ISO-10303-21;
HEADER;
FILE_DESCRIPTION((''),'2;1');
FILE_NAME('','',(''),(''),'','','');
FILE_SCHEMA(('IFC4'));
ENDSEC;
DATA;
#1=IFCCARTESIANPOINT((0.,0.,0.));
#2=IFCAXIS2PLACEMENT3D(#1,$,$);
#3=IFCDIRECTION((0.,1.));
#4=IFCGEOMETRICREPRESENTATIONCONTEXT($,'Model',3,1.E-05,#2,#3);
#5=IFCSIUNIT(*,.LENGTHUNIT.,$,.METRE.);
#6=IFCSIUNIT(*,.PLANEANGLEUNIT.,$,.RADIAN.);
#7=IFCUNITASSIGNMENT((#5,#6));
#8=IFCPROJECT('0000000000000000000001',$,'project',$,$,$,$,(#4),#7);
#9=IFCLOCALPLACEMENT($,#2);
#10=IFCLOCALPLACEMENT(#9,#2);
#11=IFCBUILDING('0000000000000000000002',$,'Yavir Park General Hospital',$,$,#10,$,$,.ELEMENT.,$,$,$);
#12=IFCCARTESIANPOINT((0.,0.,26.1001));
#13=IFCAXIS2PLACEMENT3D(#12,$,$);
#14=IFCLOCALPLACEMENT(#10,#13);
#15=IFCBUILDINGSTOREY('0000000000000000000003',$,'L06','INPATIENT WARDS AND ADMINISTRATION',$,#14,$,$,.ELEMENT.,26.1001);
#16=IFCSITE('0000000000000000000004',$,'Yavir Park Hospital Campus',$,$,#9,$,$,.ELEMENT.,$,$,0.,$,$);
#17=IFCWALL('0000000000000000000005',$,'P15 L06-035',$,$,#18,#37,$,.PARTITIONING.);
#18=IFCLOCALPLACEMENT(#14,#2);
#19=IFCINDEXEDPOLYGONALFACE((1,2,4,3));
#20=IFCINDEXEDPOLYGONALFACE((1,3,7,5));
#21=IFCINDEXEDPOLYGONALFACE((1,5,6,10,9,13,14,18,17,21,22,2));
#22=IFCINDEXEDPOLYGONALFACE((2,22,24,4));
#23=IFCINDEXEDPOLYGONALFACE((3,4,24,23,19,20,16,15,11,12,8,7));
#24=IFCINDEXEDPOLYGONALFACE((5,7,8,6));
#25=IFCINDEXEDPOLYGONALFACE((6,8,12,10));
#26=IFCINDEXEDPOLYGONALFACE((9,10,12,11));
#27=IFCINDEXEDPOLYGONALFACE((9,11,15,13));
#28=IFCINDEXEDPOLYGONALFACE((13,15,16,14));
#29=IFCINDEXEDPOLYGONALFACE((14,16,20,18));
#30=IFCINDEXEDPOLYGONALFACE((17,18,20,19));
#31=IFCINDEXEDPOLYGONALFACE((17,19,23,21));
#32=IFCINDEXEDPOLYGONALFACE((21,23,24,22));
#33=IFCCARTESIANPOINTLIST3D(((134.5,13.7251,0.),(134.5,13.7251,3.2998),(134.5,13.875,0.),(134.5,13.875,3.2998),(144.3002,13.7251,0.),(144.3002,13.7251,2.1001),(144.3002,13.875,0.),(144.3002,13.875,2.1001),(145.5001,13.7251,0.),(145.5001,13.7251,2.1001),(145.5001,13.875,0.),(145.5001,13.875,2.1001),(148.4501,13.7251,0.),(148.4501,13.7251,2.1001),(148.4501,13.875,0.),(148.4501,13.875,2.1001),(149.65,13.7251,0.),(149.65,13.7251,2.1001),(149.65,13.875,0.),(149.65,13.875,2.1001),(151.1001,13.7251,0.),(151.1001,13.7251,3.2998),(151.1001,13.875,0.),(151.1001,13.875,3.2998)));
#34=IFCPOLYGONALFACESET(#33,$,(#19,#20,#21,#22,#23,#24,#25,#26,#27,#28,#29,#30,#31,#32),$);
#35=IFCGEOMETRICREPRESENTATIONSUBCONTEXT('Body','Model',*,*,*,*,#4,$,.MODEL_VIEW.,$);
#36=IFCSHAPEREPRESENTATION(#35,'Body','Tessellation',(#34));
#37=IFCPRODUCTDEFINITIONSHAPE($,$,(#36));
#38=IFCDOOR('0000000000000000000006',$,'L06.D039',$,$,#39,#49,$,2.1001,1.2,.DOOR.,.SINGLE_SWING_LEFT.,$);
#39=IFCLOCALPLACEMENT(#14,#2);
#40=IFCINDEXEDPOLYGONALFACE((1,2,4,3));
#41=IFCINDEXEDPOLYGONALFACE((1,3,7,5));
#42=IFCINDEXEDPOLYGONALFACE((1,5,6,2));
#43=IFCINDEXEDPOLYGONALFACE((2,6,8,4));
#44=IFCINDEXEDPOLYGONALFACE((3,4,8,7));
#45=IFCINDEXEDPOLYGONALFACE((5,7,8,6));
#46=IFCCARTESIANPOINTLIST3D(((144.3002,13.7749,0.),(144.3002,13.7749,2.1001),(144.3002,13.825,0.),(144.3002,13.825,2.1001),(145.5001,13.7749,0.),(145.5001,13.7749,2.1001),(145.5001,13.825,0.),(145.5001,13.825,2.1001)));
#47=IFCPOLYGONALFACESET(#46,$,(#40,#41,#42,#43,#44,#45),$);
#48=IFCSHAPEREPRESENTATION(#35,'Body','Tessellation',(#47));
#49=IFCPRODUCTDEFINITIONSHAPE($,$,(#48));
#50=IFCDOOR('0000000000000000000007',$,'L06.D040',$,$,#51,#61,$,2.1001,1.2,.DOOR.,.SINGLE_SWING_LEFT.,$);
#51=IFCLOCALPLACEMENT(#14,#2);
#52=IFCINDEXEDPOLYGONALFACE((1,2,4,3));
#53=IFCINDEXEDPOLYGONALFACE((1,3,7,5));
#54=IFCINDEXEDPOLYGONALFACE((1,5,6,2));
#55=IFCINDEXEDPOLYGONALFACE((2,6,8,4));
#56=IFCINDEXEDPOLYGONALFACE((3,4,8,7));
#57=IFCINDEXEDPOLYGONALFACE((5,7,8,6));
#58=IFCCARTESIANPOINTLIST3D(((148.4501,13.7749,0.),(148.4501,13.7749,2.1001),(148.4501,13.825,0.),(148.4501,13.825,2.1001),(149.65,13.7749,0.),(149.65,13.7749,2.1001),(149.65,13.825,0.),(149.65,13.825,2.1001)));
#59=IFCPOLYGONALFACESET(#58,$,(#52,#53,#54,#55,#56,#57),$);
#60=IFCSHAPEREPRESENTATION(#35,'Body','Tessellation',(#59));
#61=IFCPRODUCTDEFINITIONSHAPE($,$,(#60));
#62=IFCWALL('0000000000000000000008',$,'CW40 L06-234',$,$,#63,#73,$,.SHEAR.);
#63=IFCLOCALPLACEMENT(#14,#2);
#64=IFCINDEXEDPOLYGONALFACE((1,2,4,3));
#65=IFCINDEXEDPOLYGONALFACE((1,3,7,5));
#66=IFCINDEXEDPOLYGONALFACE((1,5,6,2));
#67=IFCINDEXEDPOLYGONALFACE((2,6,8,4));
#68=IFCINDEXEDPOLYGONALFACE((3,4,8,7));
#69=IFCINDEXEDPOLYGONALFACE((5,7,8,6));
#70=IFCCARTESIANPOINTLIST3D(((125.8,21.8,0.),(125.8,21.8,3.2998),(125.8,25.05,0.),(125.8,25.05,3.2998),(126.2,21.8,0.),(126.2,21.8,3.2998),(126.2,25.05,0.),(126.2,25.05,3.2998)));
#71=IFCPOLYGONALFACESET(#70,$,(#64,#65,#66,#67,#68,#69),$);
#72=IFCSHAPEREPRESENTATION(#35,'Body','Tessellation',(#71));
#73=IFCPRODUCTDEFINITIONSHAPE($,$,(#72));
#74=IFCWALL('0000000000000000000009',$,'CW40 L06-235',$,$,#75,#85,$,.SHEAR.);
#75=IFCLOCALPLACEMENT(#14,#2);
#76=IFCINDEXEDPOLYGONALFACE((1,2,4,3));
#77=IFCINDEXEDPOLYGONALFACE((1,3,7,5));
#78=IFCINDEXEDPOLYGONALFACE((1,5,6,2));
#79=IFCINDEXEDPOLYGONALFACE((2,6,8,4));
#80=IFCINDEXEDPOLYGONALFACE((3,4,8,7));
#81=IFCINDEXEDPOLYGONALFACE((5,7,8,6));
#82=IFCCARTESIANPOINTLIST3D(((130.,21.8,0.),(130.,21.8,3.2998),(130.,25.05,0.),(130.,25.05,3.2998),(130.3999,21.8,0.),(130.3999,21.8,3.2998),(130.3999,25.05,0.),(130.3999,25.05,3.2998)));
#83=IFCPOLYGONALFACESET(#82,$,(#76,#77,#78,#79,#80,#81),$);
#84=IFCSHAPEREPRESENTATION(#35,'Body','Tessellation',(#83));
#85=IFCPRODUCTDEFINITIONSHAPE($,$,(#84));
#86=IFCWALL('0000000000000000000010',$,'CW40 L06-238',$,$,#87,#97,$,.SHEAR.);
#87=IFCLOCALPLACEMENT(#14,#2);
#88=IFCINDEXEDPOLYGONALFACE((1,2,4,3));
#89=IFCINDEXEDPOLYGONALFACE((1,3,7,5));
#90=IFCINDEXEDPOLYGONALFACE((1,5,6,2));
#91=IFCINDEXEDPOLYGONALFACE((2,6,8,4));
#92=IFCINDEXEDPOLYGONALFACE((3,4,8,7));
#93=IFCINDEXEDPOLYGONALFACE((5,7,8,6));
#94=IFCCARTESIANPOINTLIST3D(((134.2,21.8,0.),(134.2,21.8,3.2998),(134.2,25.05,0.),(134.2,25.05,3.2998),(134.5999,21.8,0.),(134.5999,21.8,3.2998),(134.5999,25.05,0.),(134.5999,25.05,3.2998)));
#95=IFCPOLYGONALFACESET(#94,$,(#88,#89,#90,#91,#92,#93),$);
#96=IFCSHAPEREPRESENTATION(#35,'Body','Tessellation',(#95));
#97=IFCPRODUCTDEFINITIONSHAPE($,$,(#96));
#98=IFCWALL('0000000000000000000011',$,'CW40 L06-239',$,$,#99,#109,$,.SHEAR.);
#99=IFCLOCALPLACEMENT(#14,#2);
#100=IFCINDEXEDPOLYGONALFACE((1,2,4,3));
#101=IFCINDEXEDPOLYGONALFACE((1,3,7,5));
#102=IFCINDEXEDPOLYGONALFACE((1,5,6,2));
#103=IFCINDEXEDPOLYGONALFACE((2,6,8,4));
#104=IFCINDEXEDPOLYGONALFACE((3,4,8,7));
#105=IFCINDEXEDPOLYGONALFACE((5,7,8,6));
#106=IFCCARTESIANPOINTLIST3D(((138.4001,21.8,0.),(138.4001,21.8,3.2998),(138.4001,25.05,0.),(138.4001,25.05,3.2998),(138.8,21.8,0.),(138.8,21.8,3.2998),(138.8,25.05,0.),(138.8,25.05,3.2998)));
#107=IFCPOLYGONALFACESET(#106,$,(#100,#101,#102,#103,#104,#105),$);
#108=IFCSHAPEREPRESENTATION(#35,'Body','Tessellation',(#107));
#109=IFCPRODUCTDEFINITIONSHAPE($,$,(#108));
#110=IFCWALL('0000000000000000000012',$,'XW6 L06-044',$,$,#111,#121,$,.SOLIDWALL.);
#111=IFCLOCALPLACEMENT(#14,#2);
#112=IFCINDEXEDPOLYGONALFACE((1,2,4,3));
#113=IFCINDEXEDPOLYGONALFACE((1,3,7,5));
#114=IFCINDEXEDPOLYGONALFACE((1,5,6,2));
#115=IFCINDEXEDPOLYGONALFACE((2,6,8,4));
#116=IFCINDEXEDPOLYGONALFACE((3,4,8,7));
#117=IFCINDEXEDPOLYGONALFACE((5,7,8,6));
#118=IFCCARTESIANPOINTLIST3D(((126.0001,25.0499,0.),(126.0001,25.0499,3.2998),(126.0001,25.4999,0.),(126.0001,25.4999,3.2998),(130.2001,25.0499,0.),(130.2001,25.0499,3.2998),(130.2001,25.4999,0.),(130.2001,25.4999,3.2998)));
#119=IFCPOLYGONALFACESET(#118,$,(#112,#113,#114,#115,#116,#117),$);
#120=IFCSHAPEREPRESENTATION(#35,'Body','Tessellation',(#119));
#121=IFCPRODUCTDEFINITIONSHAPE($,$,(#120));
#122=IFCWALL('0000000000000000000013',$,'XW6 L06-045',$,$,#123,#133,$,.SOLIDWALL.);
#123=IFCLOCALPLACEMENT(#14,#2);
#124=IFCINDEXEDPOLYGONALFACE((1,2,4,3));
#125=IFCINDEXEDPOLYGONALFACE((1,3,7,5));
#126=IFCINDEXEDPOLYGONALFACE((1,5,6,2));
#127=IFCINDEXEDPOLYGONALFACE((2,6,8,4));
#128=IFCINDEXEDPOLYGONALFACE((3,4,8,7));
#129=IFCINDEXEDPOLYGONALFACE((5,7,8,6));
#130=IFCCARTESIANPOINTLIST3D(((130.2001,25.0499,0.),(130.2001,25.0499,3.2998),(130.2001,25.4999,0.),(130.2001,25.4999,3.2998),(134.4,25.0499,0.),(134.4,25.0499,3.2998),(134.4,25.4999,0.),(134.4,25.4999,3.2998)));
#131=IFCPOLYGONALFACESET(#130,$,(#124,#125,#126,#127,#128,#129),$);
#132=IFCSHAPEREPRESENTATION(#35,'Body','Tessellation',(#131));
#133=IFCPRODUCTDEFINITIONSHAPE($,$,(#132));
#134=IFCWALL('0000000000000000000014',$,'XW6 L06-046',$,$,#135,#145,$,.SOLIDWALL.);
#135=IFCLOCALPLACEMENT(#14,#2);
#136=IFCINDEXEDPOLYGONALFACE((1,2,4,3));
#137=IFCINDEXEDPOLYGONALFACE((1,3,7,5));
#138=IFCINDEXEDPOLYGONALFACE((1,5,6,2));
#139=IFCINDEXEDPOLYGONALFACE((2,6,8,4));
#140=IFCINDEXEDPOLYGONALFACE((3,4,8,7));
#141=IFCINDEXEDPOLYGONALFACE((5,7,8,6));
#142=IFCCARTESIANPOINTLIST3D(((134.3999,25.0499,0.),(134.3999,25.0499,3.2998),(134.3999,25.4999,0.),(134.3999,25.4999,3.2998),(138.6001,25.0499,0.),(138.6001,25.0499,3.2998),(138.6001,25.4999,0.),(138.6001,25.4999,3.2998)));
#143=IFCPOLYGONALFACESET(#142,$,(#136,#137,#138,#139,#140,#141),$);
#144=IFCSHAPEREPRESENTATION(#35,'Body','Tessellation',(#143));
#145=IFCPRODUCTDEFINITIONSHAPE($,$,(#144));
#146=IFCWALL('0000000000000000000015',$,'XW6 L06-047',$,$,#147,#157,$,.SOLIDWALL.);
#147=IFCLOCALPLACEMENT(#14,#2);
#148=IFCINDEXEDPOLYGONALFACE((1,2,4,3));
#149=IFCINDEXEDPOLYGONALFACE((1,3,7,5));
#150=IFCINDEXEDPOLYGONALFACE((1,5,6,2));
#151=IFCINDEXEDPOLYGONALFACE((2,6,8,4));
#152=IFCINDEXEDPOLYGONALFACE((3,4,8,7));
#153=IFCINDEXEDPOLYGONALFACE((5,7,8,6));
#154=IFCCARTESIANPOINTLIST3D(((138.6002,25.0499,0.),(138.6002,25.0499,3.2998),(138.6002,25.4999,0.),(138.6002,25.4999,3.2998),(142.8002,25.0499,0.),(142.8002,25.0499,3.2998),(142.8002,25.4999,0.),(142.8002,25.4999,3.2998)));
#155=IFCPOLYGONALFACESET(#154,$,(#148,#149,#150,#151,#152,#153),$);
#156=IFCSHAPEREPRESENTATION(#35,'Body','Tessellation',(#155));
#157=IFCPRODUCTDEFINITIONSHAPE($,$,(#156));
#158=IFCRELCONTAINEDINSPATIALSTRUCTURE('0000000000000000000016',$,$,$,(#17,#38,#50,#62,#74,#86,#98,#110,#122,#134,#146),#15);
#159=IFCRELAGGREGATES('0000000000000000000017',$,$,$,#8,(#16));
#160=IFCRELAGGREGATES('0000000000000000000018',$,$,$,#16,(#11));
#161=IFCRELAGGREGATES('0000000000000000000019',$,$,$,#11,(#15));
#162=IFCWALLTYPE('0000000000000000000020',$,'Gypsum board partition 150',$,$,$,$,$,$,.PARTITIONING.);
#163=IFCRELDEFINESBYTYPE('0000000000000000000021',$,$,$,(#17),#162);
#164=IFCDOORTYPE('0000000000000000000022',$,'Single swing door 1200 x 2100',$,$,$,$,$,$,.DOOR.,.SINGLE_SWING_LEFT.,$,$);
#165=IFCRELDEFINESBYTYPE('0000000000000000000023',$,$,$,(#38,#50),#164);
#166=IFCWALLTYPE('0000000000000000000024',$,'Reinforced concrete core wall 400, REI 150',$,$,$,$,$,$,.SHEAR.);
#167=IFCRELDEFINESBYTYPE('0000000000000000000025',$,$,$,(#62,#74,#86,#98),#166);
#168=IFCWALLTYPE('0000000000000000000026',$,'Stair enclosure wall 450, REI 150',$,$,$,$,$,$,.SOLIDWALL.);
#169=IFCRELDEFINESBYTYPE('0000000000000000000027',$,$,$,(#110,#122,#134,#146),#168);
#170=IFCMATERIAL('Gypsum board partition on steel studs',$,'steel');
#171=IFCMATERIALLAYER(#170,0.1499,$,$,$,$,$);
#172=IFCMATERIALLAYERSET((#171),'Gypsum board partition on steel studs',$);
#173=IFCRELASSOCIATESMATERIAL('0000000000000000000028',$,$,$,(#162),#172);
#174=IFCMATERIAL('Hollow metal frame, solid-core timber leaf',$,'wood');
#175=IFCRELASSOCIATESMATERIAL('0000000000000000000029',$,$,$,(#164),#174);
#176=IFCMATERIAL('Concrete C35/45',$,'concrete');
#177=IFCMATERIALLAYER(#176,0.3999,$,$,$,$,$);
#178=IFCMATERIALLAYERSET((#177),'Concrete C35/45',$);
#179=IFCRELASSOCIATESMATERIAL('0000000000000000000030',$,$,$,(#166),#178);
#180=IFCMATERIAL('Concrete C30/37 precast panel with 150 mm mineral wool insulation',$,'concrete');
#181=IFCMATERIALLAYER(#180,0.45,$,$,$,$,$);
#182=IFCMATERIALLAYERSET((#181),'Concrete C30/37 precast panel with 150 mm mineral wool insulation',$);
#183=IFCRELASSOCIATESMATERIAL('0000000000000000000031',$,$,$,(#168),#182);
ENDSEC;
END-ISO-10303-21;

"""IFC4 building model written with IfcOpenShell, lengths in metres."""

from ifc_helpers import new_model, si_unit, direction, frame, frame_2d, origin, place, context, subcontext, project, spatial, rectangle, extrude, material, layer, layer_set, type_object, element, fill, save


model = new_model("IFC4")

# Units and contexts
model_context = context("Model", 3, precision=1e-05, world=origin(), true_north=direction((0.0, 1.0)))
body_context = subcontext(model_context, "Body", "Model", "MODEL_VIEW")
ifc_project = project(units=[si_unit("LENGTHUNIT", "METRE"), si_unit("PLANEANGLEUNIT", "RADIAN")], contexts=[model_context])

# Site, building, storey
site_placement = place(None, origin())
site = spatial("IfcSite", under=ifc_project, at=site_placement, Name="Yavir Park Hospital Campus", CompositionType="ELEMENT", RefElevation=0.0)
building_placement = place(site_placement, origin())
building = spatial("IfcBuilding", under=site, at=building_placement, Name="Yavir Park General Hospital", CompositionType="ELEMENT")
storey_placement = place(building_placement, frame((0.0, 0.0, 26.1001)))
storey = spatial("IfcBuildingStorey", under=building, at=storey_placement, Name="L06", Description="INPATIENT WARDS AND ADMINISTRATION", CompositionType="ELEMENT", Elevation=26.1001)

# Wall, openings, doors
ifc_material_1 = material(Name="Gypsum board partition on steel studs", Category="steel")
ifc_layer_1 = layer(ifc_material_1, 0.1499)
ifc_layer_set_1 = layer_set([ifc_layer_1], Name="Gypsum board partition on steel studs")
wall_type_1 = type_object("IfcWallType", Name="Gypsum board partition 150", PredefinedType="PARTITIONING", material=ifc_layer_set_1)
wall_1_placement = place(storey_placement, frame((134.5, 13.8, 0.0), z_axis=(0.0, 0.0, 1.0), x_axis=(1.0, 0.0, 0.0)))
wall_1 = element("IfcWall", 1, at=wall_1_placement, inside=storey, type_object=wall_type_1, Name="P15 L06-035", PredefinedType="PARTITIONING", context=body_context, shape_type="SweptSolid", body=[
    extrude(rectangle(XDim=16.6001, YDim=0.1499, at=frame_2d((8.3, 0.0))), origin(), (0.0, 0.0, 1.0), 3.2998),
])
opening_1_placement = place(wall_1_placement, frame((9.8, 0.0, 0.0)))
opening_1 = element("IfcOpeningElement", 2, at=opening_1_placement, cuts=wall_1, PredefinedType="OPENING", context=body_context, shape_type="SweptSolid", body=[
    extrude(rectangle(XDim=1.2, YDim=2.1001, at=frame_2d((0.6001, 1.05))), frame((0.0, 0.085, 0.0), z_axis=(0.0, -1.0, 0.0), x_axis=(1.0, 0.0, 0.0)), (0.0, 0.0, 1.0), 0.1699),
])
opening_2_placement = place(wall_1_placement, frame((13.95, 0.0, 0.0)))
opening_2 = element("IfcOpeningElement", 3, at=opening_2_placement, cuts=wall_1, PredefinedType="OPENING", context=body_context, shape_type="SweptSolid", body=[
    extrude(rectangle(XDim=1.2, YDim=2.1001, at=frame_2d((0.6001, 1.05))), frame((0.0, 0.085, 0.0), z_axis=(0.0, -1.0, 0.0), x_axis=(1.0, 0.0, 0.0)), (0.0, 0.0, 1.0), 0.1699),
])
ifc_material_2 = material(Name="Hollow metal frame, solid-core timber leaf", Category="wood")
door_type = type_object("IfcDoorType", Name="Single swing door 1200 x 2100", OperationType="SINGLE_SWING_LEFT", PredefinedType="DOOR", material=ifc_material_2)
door_1_placement = place(opening_1_placement, origin())
door_1 = element("IfcDoor", 4, at=door_1_placement, inside=storey, type_object=door_type, Name="L06.D039", OperationType="SINGLE_SWING_LEFT", OverallHeight=2.1001, OverallWidth=1.2, PredefinedType="DOOR", context=body_context, shape_type="SweptSolid", body=[
    extrude(rectangle(XDim=1.2, YDim=2.1001, at=frame_2d((0.6001, 1.05))), frame((0.0, 0.0249, 0.0), z_axis=(0.0, -1.0, 0.0), x_axis=(1.0, 0.0, 0.0)), (0.0, 0.0, 1.0), 0.05),
])
fill(opening_1, door_1)
door_2_placement = place(opening_2_placement, origin())
door_2 = element("IfcDoor", 5, at=door_2_placement, inside=storey, type_object=door_type, Name="L06.D040", OperationType="SINGLE_SWING_LEFT", OverallHeight=2.1001, OverallWidth=1.2, PredefinedType="DOOR", context=body_context, shape_type="SweptSolid", body=[
    extrude(rectangle(XDim=1.2, YDim=2.1001, at=frame_2d((0.6001, 1.05))), frame((0.0, 0.0249, 0.0), z_axis=(0.0, -1.0, 0.0), x_axis=(1.0, 0.0, 0.0)), (0.0, 0.0, 1.0), 0.05),
])
fill(opening_2, door_2)

# Walls
ifc_material_3 = material(Name="Concrete C35/45", Category="concrete")
ifc_layer_2 = layer(ifc_material_3, 0.3999)
ifc_layer_set_2 = layer_set([ifc_layer_2], Name="Concrete C35/45")
wall_type_2 = type_object("IfcWallType", Name="Reinforced concrete core wall 400, REI 150", PredefinedType="SHEAR", material=ifc_layer_set_2)
for number, where, z_axis, x_axis, name in (
    (6, (126.0, 21.8, 0.0), (0.0, 0.0, 1.0), (0.0, 1.0, 0.0), "CW40 L06-234"),
    (7, (130.2, 21.8, 0.0), (0.0, 0.0, 1.0), (0.0, 1.0, 0.0), "CW40 L06-235"),
    (8, (134.3999, 21.8, 0.0), (0.0, 0.0, 1.0), (0.0, 1.0, 0.0), "CW40 L06-238"),
    (9, (138.6001, 21.8, 0.0), (0.0, 0.0, 1.0), (0.0, 1.0, 0.0), "CW40 L06-239"),
):
    element("IfcWall", number, at=place(storey_placement, frame(where, z_axis=z_axis, x_axis=x_axis)), inside=storey, type_object=wall_type_2, Name=name, PredefinedType="SHEAR", context=body_context, shape_type="SweptSolid", body=[
        extrude(rectangle(XDim=3.25, YDim=0.3999, at=frame_2d((1.625, 0.0))), origin(), (0.0, 0.0, 1.0), 3.2998),
    ])
ifc_material_4 = material(Name="Concrete C30/37 precast panel with 150 mm mineral wool insulation", Category="concrete")
ifc_layer_3 = layer(ifc_material_4, 0.45)
ifc_layer_set_3 = layer_set([ifc_layer_3], Name="Concrete C30/37 precast panel with 150 mm mineral wool insulation")
wall_type_3 = type_object("IfcWallType", Name="Stair enclosure wall 450, REI 150", PredefinedType="SOLIDWALL", material=ifc_layer_set_3)
for number, where, z_axis, x_axis, name in (
    (10, (126.0, 25.2749, 0.0), (0.0, 0.0, 1.0), (1.0, 0.0, 0.0), "XW6 L06-044"),
    (11, (130.2, 25.2749, 0.0), (0.0, 0.0, 1.0), (1.0, 0.0, 0.0), "XW6 L06-045"),
):
    element("IfcWall", number, at=place(storey_placement, frame(where, z_axis=z_axis, x_axis=x_axis)), inside=storey, type_object=wall_type_3, Name=name, PredefinedType="SOLIDWALL", context=body_context, shape_type="SweptSolid", body=[
        extrude(rectangle(XDim=4.2, YDim=0.45, at=frame_2d((2.1001, 0.0))), origin(), (0.0, 0.0, 1.0), 3.2998),
    ])
wall_2_placement = place(storey_placement, frame((134.3999, 25.2749, 0.0), z_axis=(0.0, 0.0, 1.0), x_axis=(1.0, 0.0, 0.0)))
element("IfcWall", 12, at=wall_2_placement, inside=storey, type_object=wall_type_3, Name="XW6 L06-046", PredefinedType="SOLIDWALL", context=body_context, shape_type="SweptSolid", body=[
    extrude(rectangle(XDim=4.2002, YDim=0.45, at=frame_2d((2.1001, 0.0))), origin(), (0.0, 0.0, 1.0), 3.2998),
])
wall_3_placement = place(storey_placement, frame((138.6001, 25.2749, 0.0), z_axis=(0.0, 0.0, 1.0), x_axis=(1.0, 0.0, 0.0)))
element("IfcWall", 13, at=wall_3_placement, inside=storey, type_object=wall_type_3, Name="XW6 L06-047", PredefinedType="SOLIDWALL", context=body_context, shape_type="SweptSolid", body=[
    extrude(rectangle(XDim=4.2, YDim=0.45, at=frame_2d((2.1001, 0.0))), origin(), (0.0, 0.0, 1.0), 3.2998),
])

save(model, "model.ifc")
